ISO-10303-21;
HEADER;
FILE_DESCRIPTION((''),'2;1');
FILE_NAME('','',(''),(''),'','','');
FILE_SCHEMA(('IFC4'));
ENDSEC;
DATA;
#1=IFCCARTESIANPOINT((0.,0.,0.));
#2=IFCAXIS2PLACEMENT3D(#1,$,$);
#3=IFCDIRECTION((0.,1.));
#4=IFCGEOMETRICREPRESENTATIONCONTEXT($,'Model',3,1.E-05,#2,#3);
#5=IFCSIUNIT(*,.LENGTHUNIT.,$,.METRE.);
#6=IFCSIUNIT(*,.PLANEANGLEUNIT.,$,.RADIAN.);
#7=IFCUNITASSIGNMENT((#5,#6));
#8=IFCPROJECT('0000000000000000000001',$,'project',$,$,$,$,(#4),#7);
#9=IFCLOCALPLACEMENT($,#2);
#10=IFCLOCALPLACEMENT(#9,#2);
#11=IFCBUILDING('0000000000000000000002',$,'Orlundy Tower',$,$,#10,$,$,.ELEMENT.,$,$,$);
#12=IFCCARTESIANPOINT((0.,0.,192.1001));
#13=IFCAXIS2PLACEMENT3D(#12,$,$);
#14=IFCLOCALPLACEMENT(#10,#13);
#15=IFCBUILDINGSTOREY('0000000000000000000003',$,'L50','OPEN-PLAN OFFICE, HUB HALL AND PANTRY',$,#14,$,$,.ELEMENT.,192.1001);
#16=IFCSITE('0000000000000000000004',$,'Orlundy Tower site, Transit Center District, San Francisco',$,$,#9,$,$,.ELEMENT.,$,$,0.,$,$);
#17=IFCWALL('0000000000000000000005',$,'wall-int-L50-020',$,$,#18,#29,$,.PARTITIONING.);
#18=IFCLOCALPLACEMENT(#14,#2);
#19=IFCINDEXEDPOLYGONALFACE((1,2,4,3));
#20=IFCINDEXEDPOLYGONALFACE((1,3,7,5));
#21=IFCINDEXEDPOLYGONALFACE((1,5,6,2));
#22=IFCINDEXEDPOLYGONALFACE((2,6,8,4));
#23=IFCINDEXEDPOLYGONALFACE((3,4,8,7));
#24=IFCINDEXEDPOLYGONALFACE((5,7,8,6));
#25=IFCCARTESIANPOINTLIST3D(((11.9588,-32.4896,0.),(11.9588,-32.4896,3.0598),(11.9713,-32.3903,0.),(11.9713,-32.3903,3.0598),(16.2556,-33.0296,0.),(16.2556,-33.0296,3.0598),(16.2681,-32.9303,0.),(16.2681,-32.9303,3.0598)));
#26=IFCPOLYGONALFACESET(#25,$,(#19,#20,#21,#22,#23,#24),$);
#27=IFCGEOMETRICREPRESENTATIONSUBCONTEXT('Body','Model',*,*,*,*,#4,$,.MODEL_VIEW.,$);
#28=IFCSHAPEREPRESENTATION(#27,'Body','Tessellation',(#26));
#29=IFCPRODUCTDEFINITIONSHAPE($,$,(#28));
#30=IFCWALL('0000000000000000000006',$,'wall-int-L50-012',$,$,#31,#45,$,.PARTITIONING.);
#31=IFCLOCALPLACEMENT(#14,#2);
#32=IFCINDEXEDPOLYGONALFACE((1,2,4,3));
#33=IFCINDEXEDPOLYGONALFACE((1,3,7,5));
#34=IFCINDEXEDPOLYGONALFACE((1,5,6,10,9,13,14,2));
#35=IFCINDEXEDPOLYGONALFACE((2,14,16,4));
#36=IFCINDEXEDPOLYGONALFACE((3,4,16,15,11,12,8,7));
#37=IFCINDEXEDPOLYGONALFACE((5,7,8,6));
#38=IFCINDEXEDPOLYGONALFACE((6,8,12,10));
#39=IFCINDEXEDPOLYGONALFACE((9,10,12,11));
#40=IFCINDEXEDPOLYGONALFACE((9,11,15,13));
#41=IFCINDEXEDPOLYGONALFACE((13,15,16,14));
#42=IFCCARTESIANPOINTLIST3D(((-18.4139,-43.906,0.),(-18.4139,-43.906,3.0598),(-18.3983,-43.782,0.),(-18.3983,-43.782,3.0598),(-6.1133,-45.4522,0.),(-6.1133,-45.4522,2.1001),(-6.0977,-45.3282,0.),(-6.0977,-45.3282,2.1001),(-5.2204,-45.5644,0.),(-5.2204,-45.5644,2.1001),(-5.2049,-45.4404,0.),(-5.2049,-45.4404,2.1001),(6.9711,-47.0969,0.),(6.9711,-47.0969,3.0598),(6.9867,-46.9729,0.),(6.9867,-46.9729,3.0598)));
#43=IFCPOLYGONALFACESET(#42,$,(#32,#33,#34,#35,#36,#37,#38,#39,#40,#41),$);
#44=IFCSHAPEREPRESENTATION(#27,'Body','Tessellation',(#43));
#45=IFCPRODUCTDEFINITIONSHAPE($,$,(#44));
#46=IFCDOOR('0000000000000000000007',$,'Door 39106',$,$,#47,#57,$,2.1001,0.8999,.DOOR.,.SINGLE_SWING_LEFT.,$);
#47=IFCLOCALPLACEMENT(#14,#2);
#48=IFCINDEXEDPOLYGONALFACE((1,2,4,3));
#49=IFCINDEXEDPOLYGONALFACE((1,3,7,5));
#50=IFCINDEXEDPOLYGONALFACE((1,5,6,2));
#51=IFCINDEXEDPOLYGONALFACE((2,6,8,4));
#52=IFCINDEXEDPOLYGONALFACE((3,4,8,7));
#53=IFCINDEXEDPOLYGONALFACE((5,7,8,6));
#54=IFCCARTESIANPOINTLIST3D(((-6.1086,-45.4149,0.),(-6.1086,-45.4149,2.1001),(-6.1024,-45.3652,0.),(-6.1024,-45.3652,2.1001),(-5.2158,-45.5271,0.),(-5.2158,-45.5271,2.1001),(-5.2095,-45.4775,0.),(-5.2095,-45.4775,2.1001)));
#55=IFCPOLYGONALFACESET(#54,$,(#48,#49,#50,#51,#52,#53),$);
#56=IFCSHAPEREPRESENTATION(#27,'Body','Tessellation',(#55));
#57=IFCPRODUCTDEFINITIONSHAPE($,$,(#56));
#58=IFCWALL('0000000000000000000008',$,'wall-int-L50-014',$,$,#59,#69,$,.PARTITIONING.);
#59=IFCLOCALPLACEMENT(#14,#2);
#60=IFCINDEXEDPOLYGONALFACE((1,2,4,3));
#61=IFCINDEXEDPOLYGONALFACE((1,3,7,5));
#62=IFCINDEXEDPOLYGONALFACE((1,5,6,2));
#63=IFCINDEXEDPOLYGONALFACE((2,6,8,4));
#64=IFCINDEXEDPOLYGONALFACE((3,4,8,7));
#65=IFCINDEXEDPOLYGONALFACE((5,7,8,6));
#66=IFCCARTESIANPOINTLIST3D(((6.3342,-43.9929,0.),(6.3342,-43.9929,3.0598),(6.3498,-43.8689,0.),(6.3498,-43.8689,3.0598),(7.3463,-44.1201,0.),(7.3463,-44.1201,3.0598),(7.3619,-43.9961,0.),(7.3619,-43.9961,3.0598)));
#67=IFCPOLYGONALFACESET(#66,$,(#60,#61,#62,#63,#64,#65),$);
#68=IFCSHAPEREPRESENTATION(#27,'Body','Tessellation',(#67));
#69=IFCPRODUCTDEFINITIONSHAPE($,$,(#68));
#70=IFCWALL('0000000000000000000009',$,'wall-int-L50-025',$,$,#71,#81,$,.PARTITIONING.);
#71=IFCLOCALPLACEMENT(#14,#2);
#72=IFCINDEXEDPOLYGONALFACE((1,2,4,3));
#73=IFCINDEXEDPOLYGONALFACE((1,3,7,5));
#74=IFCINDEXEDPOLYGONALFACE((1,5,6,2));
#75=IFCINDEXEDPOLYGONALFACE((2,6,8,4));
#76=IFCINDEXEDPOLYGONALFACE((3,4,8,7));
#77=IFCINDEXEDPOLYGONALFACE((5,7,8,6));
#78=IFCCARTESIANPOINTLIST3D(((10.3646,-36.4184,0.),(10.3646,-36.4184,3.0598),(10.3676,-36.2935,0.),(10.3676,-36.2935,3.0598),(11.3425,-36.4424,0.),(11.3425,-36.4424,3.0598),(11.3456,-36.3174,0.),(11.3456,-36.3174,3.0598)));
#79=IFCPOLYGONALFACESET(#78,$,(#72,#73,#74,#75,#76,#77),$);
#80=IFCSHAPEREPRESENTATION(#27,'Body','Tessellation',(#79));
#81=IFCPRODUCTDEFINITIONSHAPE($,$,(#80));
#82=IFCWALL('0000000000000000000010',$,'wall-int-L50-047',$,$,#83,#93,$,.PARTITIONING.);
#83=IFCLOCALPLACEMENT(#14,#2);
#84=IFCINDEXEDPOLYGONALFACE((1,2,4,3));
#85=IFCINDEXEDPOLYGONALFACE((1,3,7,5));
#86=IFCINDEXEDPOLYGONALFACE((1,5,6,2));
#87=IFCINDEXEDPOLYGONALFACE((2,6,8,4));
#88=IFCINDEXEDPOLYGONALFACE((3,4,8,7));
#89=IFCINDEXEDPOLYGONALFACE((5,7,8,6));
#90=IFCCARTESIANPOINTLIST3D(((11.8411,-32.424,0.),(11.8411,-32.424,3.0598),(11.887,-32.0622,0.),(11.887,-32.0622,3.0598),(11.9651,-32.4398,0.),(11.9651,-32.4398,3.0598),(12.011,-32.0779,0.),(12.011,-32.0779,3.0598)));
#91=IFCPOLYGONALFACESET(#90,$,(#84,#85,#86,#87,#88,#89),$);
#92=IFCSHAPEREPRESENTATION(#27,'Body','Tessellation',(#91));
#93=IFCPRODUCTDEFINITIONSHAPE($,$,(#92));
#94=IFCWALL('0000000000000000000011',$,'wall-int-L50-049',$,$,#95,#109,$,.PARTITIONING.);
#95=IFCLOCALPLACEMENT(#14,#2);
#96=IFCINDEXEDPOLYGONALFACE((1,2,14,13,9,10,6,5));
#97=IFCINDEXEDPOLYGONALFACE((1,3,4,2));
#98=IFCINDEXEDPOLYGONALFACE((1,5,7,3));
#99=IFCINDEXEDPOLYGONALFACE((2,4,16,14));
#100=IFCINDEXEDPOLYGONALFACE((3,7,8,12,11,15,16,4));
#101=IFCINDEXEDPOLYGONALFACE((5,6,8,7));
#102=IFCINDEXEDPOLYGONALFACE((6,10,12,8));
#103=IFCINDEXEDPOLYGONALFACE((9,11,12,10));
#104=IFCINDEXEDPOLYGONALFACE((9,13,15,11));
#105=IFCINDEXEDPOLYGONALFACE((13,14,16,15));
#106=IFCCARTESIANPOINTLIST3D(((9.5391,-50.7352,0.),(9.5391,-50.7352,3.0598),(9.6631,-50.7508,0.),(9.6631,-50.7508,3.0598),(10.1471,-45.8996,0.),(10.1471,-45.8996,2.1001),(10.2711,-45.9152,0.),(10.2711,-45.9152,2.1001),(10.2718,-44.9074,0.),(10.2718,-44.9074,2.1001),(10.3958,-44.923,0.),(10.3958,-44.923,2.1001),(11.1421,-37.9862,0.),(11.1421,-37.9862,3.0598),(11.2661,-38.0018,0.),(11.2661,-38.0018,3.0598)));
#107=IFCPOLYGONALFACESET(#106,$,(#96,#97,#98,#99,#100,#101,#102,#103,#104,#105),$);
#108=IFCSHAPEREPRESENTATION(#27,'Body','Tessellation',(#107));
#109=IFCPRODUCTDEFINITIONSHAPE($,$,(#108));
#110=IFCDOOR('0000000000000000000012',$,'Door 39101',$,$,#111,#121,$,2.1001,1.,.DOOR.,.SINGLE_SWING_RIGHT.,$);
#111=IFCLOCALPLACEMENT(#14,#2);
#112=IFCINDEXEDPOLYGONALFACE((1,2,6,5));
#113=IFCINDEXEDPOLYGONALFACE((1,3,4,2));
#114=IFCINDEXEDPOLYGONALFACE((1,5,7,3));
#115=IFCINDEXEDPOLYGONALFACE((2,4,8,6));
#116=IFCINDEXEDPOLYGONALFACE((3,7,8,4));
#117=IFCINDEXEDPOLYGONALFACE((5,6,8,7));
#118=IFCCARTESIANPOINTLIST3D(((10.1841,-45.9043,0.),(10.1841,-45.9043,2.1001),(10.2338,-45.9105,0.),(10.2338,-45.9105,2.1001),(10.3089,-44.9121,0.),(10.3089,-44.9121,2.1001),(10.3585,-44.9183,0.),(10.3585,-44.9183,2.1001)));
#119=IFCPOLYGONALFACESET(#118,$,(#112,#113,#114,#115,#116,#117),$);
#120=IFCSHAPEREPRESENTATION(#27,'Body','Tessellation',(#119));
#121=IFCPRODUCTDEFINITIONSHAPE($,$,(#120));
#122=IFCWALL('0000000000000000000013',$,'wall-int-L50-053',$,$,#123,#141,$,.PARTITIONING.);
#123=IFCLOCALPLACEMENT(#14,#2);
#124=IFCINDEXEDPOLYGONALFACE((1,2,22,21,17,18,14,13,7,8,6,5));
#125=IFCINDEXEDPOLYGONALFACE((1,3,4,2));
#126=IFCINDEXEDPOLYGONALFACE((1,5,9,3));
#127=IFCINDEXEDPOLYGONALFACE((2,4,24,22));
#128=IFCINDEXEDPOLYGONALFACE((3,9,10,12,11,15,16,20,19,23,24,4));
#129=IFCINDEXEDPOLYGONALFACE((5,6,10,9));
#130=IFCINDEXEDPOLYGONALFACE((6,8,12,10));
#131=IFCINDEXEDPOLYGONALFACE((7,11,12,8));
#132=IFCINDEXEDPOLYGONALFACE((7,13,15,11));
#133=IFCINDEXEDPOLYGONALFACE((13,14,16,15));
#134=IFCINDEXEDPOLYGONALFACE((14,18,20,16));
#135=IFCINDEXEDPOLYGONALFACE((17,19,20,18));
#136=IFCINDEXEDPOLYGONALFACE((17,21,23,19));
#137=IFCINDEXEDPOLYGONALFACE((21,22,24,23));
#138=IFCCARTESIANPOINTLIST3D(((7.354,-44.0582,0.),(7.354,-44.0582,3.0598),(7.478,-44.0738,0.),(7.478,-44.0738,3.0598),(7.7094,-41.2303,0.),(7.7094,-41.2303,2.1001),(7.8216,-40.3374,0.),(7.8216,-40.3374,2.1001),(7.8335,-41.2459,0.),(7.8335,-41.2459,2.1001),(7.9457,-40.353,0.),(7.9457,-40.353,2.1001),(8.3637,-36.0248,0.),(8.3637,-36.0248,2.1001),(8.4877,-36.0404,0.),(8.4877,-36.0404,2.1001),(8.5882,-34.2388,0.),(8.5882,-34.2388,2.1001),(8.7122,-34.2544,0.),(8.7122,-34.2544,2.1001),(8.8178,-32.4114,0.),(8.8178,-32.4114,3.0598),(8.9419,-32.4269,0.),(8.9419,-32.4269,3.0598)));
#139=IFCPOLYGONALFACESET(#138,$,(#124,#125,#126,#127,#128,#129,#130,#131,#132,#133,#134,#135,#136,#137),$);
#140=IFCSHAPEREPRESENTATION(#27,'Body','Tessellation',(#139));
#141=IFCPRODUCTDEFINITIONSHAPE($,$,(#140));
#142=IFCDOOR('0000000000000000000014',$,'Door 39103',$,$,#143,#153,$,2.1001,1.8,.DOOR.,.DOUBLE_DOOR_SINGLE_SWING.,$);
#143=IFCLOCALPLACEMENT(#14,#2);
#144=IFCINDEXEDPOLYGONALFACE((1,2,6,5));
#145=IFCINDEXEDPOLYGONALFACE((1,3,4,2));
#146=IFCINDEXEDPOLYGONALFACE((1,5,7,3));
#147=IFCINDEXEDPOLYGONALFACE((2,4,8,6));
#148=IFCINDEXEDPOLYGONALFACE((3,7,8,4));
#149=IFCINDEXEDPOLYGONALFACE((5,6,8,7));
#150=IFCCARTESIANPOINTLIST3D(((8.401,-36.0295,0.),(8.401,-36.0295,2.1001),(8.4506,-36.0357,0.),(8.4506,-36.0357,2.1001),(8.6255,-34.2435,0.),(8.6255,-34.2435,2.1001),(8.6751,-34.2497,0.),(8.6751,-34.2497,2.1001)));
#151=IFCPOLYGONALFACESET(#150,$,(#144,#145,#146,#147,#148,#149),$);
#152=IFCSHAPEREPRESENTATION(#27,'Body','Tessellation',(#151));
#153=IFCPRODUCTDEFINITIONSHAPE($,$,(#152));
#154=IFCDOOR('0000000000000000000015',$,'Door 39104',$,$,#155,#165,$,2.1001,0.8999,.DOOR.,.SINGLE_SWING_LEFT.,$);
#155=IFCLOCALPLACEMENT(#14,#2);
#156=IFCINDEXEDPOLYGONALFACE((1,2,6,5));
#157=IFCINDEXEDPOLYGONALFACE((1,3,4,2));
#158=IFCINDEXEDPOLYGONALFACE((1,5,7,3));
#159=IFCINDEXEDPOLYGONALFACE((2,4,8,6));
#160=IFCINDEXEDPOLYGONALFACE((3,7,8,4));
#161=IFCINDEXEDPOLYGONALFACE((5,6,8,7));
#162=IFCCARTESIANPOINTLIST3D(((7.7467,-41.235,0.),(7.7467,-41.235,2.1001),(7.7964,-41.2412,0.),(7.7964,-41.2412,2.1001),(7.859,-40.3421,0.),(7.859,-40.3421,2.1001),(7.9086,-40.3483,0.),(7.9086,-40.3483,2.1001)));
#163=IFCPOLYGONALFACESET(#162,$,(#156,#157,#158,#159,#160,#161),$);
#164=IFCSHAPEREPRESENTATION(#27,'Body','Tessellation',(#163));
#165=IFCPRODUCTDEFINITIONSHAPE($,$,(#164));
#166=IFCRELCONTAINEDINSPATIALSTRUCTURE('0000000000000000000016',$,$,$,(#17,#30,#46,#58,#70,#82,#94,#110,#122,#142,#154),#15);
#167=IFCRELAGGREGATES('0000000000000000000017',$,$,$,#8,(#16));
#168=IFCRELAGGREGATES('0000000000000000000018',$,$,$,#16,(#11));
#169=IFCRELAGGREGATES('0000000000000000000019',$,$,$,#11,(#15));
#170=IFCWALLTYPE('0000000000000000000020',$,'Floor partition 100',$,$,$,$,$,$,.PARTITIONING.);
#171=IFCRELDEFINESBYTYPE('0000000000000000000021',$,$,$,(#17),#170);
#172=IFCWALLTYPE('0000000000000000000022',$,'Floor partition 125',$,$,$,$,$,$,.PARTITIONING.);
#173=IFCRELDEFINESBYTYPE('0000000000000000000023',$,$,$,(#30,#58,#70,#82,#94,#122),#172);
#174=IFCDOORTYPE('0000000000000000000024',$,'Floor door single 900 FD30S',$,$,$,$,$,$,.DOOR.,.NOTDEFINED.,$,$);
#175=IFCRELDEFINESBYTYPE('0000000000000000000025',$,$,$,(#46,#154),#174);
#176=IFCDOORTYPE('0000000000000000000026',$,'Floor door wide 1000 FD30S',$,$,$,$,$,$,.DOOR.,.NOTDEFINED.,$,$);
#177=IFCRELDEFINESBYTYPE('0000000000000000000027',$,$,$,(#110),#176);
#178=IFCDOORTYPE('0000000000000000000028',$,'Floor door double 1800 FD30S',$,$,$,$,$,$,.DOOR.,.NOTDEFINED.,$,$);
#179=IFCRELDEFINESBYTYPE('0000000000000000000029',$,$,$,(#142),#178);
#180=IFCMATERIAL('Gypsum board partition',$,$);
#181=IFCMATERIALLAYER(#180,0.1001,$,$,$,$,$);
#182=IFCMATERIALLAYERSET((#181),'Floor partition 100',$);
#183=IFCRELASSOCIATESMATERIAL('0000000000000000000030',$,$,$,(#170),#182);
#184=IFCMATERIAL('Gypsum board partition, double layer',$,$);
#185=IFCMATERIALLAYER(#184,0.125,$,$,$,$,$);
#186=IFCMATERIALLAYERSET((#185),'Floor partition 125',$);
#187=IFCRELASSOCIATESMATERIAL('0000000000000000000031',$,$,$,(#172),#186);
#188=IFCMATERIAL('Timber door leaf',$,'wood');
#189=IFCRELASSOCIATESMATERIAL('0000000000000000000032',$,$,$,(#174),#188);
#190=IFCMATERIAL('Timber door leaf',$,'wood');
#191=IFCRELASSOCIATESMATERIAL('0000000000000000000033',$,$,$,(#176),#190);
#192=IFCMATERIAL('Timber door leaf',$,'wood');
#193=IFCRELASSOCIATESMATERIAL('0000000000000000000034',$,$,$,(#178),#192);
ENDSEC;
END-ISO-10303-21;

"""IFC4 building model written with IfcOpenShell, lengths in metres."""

from ifc_helpers import new_model, si_unit, direction, frame, frame_2d, origin, place, context, subcontext, project, spatial, rectangle, extrude, material, layer, layer_set, type_object, element, fill, save


model = new_model("IFC4")

# Units and contexts
model_context = context("Model", 3, precision=1e-05, world=origin(), true_north=direction((0.0, 1.0)))
body_context = subcontext(model_context, "Body", "Model", "MODEL_VIEW")
ifc_project = project(units=[si_unit("LENGTHUNIT", "METRE"), si_unit("PLANEANGLEUNIT", "RADIAN")], contexts=[model_context])

# Site, building, storey
site_placement = place(None, origin())
site = spatial("IfcSite", under=ifc_project, at=site_placement, Name="Orlundy Tower site, Transit Center District, San Francisco", CompositionType="ELEMENT", RefElevation=0.0)
building_placement = place(site_placement, origin())
building = spatial("IfcBuilding", under=site, at=building_placement, Name="Orlundy Tower", CompositionType="ELEMENT")
storey_placement = place(building_placement, frame((0.0, 0.0, 192.1001)))
storey = spatial("IfcBuildingStorey", under=building, at=storey_placement, Name="L50", Description="OPEN-PLAN OFFICE, HUB HALL AND PANTRY", CompositionType="ELEMENT", Elevation=192.1001)

# Wall
ifc_material_1 = material(Name="Gypsum board partition")
ifc_layer_1 = layer(ifc_material_1, 0.1001)
ifc_layer_set_1 = layer_set([ifc_layer_1], Name="Floor partition 100")
wall_type_1 = type_object("IfcWallType", Name="Floor partition 100", PredefinedType="PARTITIONING", material=ifc_layer_set_1)
for number, where, z_axis, x_axis, name in (
    (1, (11.9651, -32.4399, 0.0), (0.0, 0.0, 1.0), (0.992194, -0.124701, 0.0), "wall-int-L50-020"),
):
    element("IfcWall", number, at=place(storey_placement, frame(where, z_axis=z_axis, x_axis=x_axis)), inside=storey, type_object=wall_type_1, Name=name, PredefinedType="PARTITIONING", context=body_context, shape_type="SweptSolid", body=[
        extrude(rectangle(XDim=4.3306, YDim=0.1001, at=frame_2d((2.1653, 0.0))), origin(), (0.0, 0.0, 1.0), 3.0598),
    ])

# Wall, opening, door
ifc_material_2 = material(Name="Gypsum board partition, double layer")
ifc_layer_2 = layer(ifc_material_2, 0.125)
ifc_layer_set_2 = layer_set([ifc_layer_2], Name="Floor partition 125")
wall_type_2 = type_object("IfcWallType", Name="Floor partition 125", PredefinedType="PARTITIONING", material=ifc_layer_set_2)
wall_1_placement = place(storey_placement, frame((6.979, -47.0349, 0.0), z_axis=(0.0, 0.0, 1.0), x_axis=(-0.992192, 0.124719, 0.0)))
wall_1 = element("IfcWall", 2, at=wall_1_placement, inside=storey, type_object=wall_type_2, Name="wall-int-L50-012", PredefinedType="PARTITIONING", context=body_context, shape_type="SweptSolid", body=[
    extrude(rectangle(XDim=25.5847, YDim=0.125, at=frame_2d((12.7925, 0.0))), origin(), (0.0, 0.0, 1.0), 3.0598),
])
opening_1_placement = place(wall_1_placement, frame((12.2876, 0.0, 0.0)))
opening_1 = element("IfcOpeningElement", 3, at=opening_1_placement, cuts=wall_1, PredefinedType="OPENING", context=body_context, shape_type="SweptSolid", body=[
    extrude(rectangle(XDim=0.8999, YDim=2.1001, at=frame_2d((0.45, 1.05))), frame((0.0, 0.0725, 0.0), z_axis=(0.0, -1.0, 0.0), x_axis=(1.0, 0.0, 0.0)), (0.0, 0.0, 1.0), 0.145),
])
ifc_material_3 = material(Name="Timber door leaf", Category="wood")
door_type_1 = type_object("IfcDoorType", Name="Floor door single 900 FD30S", OperationType="NOTDEFINED", PredefinedType="DOOR", material=ifc_material_3)
door_1_placement = place(opening_1_placement, origin())
door_1 = element("IfcDoor", 4, at=door_1_placement, inside=storey, type_object=door_type_1, Name="Door 39106", OperationType="SINGLE_SWING_LEFT", OverallHeight=2.1001, OverallWidth=0.8999, PredefinedType="DOOR", context=body_context, shape_type="SweptSolid", body=[
    extrude(rectangle(XDim=0.8999, YDim=2.1001, at=frame_2d((0.45, 1.05))), frame((0.0, 0.0249, 0.0), z_axis=(0.0, -1.0, 0.0), x_axis=(1.0, 0.0, 0.0)), (0.0, 0.0, 1.0), 0.05),
])
fill(opening_1, door_1)

# Walls
wall_2_placement = place(storey_placement, frame((6.342, -43.9309, 0.0), z_axis=(0.0, 0.0, 1.0), x_axis=(0.992193, -0.124712, 0.0)))
element("IfcWall", 5, at=wall_2_placement, inside=storey, type_object=wall_type_2, Name="wall-int-L50-014", PredefinedType="PARTITIONING", context=body_context, shape_type="SweptSolid", body=[
    extrude(rectangle(XDim=1.02, YDim=0.125, at=frame_2d((0.51, 0.0))), origin(), (0.0, 0.0, 1.0), 3.0598),
])
wall_3_placement = place(storey_placement, frame((10.366, -36.356, 0.0), z_axis=(0.0, 0.0, 1.0), x_axis=(0.999701, -0.024456, 0.0)))
element("IfcWall", 6, at=wall_3_placement, inside=storey, type_object=wall_type_2, Name="wall-int-L50-025", PredefinedType="PARTITIONING", context=body_context, shape_type="SweptSolid", body=[
    extrude(rectangle(XDim=0.9783, YDim=0.125, at=frame_2d((0.4893, 0.0))), origin(), (0.0, 0.0, 1.0), 3.0598),
])
wall_4_placement = place(storey_placement, frame((11.9031, -32.4319, 0.0), z_axis=(0.0, 0.0, 1.0), x_axis=(0.125847, 0.99205, 0.0)))
element("IfcWall", 7, at=wall_4_placement, inside=storey, type_object=wall_type_2, Name="wall-int-L50-047", PredefinedType="PARTITIONING", context=body_context, shape_type="SweptSolid", body=[
    extrude(rectangle(XDim=0.3647, YDim=0.125, at=frame_2d((0.1824, 0.0))), origin(), (0.0, 0.0, 1.0), 3.0598),
])

# Wall, opening, door
wall_5_placement = place(storey_placement, frame((11.2041, -37.9939, 0.0), z_axis=(0.0, 0.0, 1.0), x_axis=(-0.124755, -0.992188, 0.0)))
wall_5 = element("IfcWall", 8, at=wall_5_placement, inside=storey, type_object=wall_type_2, Name="wall-int-L50-049", PredefinedType="PARTITIONING", context=body_context, shape_type="SweptSolid", body=[
    extrude(rectangle(XDim=12.8494, YDim=0.125, at=frame_2d((6.4248, 0.0))), origin(), (0.0, 0.0, 1.0), 3.0598),
])
opening_2_placement = place(wall_5_placement, frame((6.9758, 0.0, 0.0)))
opening_2 = element("IfcOpeningElement", 9, at=opening_2_placement, cuts=wall_5, PredefinedType="OPENING", context=body_context, shape_type="SweptSolid", body=[
    extrude(rectangle(XDim=1.0, YDim=2.1001, at=frame_2d((0.5, 1.05))), frame((0.0, 0.0725, 0.0), z_axis=(0.0, -1.0, 0.0), x_axis=(1.0, 0.0, 0.0)), (0.0, 0.0, 1.0), 0.145),
])
ifc_material_4 = material(Name="Timber door leaf", Category="wood")
door_type_2 = type_object("IfcDoorType", Name="Floor door wide 1000 FD30S", OperationType="NOTDEFINED", PredefinedType="DOOR", material=ifc_material_4)
door_2_placement = place(opening_2_placement, origin())
door_2 = element("IfcDoor", 10, at=door_2_placement, inside=storey, type_object=door_type_2, Name="Door 39101", OperationType="SINGLE_SWING_RIGHT", OverallHeight=2.1001, OverallWidth=1.0, PredefinedType="DOOR", context=body_context, shape_type="SweptSolid", body=[
    extrude(rectangle(XDim=1.0, YDim=2.1001, at=frame_2d((0.5, 1.05))), frame((0.0, 0.0249, 0.0), z_axis=(0.0, -1.0, 0.0), x_axis=(1.0, 0.0, 0.0)), (0.0, 0.0, 1.0), 0.05),
])
fill(opening_2, door_2)

# Wall, openings, doors
wall_6_placement = place(storey_placement, frame((7.416, -44.0659, 0.0), z_axis=(0.0, 0.0, 1.0), x_axis=(0.124705, 0.992194, 0.0)))
wall_6 = element("IfcWall", 11, at=wall_6_placement, inside=storey, type_object=wall_type_2, Name="wall-int-L50-053", PredefinedType="PARTITIONING", context=body_context, shape_type="SweptSolid", body=[
    extrude(rectangle(XDim=11.7385, YDim=0.125, at=frame_2d((5.8691, 0.0))), origin(), (0.0, 0.0, 1.0), 3.0598),
])
opening_3_placement = place(wall_6_placement, frame((8.0967, 0.0, 0.0)))
opening_3 = element("IfcOpeningElement", 12, at=opening_3_placement, cuts=wall_6, PredefinedType="OPENING", context=body_context, shape_type="SweptSolid", body=[
    extrude(rectangle(XDim=1.8, YDim=2.1001, at=frame_2d((0.8999, 1.05))), frame((0.0, 0.0725, 0.0), z_axis=(0.0, -1.0, 0.0), x_axis=(1.0, 0.0, 0.0)), (0.0, 0.0, 1.0), 0.145),
])
opening_4_placement = place(wall_6_placement, frame((2.8501, 0.0, 0.0)))
opening_4 = element("IfcOpeningElement", 13, at=opening_4_placement, cuts=wall_6, PredefinedType="OPENING", context=body_context, shape_type="SweptSolid", body=[
    extrude(rectangle(XDim=0.8999, YDim=2.1001, at=frame_2d((0.45, 1.05))), frame((0.0, 0.0725, 0.0), z_axis=(0.0, -1.0, 0.0), x_axis=(1.0, 0.0, 0.0)), (0.0, 0.0, 1.0), 0.145),
])
ifc_material_5 = material(Name="Timber door leaf", Category="wood")
door_type_3 = type_object("IfcDoorType", Name="Floor door double 1800 FD30S", OperationType="NOTDEFINED", PredefinedType="DOOR", material=ifc_material_5)
door_3_placement = place(opening_3_placement, origin())
door_3 = element("IfcDoor", 14, at=door_3_placement, inside=storey, type_object=door_type_3, Name="Door 39103", OperationType="DOUBLE_DOOR_SINGLE_SWING", OverallHeight=2.1001, OverallWidth=1.8, PredefinedType="DOOR", context=body_context, shape_type="SweptSolid", body=[
    extrude(rectangle(XDim=1.8, YDim=2.1001, at=frame_2d((0.8999, 1.05))), frame((0.0, 0.0249, 0.0), z_axis=(0.0, -1.0, 0.0), x_axis=(1.0, 0.0, 0.0)), (0.0, 0.0, 1.0), 0.05),
])
fill(opening_3, door_3)
door_4_placement = place(opening_4_placement, origin())
door_4 = element("IfcDoor", 15, at=door_4_placement, inside=storey, type_object=door_type_1, Name="Door 39104", OperationType="SINGLE_SWING_LEFT", OverallHeight=2.1001, OverallWidth=0.8999, PredefinedType="DOOR", context=body_context, shape_type="SweptSolid", body=[
    extrude(rectangle(XDim=0.8999, YDim=2.1001, at=frame_2d((0.45, 1.05))), frame((0.0, 0.0249, 0.0), z_axis=(0.0, -1.0, 0.0), x_axis=(1.0, 0.0, 0.0)), (0.0, 0.0, 1.0), 0.05),
])
fill(opening_4, door_4)

save(model, "model.ifc")
